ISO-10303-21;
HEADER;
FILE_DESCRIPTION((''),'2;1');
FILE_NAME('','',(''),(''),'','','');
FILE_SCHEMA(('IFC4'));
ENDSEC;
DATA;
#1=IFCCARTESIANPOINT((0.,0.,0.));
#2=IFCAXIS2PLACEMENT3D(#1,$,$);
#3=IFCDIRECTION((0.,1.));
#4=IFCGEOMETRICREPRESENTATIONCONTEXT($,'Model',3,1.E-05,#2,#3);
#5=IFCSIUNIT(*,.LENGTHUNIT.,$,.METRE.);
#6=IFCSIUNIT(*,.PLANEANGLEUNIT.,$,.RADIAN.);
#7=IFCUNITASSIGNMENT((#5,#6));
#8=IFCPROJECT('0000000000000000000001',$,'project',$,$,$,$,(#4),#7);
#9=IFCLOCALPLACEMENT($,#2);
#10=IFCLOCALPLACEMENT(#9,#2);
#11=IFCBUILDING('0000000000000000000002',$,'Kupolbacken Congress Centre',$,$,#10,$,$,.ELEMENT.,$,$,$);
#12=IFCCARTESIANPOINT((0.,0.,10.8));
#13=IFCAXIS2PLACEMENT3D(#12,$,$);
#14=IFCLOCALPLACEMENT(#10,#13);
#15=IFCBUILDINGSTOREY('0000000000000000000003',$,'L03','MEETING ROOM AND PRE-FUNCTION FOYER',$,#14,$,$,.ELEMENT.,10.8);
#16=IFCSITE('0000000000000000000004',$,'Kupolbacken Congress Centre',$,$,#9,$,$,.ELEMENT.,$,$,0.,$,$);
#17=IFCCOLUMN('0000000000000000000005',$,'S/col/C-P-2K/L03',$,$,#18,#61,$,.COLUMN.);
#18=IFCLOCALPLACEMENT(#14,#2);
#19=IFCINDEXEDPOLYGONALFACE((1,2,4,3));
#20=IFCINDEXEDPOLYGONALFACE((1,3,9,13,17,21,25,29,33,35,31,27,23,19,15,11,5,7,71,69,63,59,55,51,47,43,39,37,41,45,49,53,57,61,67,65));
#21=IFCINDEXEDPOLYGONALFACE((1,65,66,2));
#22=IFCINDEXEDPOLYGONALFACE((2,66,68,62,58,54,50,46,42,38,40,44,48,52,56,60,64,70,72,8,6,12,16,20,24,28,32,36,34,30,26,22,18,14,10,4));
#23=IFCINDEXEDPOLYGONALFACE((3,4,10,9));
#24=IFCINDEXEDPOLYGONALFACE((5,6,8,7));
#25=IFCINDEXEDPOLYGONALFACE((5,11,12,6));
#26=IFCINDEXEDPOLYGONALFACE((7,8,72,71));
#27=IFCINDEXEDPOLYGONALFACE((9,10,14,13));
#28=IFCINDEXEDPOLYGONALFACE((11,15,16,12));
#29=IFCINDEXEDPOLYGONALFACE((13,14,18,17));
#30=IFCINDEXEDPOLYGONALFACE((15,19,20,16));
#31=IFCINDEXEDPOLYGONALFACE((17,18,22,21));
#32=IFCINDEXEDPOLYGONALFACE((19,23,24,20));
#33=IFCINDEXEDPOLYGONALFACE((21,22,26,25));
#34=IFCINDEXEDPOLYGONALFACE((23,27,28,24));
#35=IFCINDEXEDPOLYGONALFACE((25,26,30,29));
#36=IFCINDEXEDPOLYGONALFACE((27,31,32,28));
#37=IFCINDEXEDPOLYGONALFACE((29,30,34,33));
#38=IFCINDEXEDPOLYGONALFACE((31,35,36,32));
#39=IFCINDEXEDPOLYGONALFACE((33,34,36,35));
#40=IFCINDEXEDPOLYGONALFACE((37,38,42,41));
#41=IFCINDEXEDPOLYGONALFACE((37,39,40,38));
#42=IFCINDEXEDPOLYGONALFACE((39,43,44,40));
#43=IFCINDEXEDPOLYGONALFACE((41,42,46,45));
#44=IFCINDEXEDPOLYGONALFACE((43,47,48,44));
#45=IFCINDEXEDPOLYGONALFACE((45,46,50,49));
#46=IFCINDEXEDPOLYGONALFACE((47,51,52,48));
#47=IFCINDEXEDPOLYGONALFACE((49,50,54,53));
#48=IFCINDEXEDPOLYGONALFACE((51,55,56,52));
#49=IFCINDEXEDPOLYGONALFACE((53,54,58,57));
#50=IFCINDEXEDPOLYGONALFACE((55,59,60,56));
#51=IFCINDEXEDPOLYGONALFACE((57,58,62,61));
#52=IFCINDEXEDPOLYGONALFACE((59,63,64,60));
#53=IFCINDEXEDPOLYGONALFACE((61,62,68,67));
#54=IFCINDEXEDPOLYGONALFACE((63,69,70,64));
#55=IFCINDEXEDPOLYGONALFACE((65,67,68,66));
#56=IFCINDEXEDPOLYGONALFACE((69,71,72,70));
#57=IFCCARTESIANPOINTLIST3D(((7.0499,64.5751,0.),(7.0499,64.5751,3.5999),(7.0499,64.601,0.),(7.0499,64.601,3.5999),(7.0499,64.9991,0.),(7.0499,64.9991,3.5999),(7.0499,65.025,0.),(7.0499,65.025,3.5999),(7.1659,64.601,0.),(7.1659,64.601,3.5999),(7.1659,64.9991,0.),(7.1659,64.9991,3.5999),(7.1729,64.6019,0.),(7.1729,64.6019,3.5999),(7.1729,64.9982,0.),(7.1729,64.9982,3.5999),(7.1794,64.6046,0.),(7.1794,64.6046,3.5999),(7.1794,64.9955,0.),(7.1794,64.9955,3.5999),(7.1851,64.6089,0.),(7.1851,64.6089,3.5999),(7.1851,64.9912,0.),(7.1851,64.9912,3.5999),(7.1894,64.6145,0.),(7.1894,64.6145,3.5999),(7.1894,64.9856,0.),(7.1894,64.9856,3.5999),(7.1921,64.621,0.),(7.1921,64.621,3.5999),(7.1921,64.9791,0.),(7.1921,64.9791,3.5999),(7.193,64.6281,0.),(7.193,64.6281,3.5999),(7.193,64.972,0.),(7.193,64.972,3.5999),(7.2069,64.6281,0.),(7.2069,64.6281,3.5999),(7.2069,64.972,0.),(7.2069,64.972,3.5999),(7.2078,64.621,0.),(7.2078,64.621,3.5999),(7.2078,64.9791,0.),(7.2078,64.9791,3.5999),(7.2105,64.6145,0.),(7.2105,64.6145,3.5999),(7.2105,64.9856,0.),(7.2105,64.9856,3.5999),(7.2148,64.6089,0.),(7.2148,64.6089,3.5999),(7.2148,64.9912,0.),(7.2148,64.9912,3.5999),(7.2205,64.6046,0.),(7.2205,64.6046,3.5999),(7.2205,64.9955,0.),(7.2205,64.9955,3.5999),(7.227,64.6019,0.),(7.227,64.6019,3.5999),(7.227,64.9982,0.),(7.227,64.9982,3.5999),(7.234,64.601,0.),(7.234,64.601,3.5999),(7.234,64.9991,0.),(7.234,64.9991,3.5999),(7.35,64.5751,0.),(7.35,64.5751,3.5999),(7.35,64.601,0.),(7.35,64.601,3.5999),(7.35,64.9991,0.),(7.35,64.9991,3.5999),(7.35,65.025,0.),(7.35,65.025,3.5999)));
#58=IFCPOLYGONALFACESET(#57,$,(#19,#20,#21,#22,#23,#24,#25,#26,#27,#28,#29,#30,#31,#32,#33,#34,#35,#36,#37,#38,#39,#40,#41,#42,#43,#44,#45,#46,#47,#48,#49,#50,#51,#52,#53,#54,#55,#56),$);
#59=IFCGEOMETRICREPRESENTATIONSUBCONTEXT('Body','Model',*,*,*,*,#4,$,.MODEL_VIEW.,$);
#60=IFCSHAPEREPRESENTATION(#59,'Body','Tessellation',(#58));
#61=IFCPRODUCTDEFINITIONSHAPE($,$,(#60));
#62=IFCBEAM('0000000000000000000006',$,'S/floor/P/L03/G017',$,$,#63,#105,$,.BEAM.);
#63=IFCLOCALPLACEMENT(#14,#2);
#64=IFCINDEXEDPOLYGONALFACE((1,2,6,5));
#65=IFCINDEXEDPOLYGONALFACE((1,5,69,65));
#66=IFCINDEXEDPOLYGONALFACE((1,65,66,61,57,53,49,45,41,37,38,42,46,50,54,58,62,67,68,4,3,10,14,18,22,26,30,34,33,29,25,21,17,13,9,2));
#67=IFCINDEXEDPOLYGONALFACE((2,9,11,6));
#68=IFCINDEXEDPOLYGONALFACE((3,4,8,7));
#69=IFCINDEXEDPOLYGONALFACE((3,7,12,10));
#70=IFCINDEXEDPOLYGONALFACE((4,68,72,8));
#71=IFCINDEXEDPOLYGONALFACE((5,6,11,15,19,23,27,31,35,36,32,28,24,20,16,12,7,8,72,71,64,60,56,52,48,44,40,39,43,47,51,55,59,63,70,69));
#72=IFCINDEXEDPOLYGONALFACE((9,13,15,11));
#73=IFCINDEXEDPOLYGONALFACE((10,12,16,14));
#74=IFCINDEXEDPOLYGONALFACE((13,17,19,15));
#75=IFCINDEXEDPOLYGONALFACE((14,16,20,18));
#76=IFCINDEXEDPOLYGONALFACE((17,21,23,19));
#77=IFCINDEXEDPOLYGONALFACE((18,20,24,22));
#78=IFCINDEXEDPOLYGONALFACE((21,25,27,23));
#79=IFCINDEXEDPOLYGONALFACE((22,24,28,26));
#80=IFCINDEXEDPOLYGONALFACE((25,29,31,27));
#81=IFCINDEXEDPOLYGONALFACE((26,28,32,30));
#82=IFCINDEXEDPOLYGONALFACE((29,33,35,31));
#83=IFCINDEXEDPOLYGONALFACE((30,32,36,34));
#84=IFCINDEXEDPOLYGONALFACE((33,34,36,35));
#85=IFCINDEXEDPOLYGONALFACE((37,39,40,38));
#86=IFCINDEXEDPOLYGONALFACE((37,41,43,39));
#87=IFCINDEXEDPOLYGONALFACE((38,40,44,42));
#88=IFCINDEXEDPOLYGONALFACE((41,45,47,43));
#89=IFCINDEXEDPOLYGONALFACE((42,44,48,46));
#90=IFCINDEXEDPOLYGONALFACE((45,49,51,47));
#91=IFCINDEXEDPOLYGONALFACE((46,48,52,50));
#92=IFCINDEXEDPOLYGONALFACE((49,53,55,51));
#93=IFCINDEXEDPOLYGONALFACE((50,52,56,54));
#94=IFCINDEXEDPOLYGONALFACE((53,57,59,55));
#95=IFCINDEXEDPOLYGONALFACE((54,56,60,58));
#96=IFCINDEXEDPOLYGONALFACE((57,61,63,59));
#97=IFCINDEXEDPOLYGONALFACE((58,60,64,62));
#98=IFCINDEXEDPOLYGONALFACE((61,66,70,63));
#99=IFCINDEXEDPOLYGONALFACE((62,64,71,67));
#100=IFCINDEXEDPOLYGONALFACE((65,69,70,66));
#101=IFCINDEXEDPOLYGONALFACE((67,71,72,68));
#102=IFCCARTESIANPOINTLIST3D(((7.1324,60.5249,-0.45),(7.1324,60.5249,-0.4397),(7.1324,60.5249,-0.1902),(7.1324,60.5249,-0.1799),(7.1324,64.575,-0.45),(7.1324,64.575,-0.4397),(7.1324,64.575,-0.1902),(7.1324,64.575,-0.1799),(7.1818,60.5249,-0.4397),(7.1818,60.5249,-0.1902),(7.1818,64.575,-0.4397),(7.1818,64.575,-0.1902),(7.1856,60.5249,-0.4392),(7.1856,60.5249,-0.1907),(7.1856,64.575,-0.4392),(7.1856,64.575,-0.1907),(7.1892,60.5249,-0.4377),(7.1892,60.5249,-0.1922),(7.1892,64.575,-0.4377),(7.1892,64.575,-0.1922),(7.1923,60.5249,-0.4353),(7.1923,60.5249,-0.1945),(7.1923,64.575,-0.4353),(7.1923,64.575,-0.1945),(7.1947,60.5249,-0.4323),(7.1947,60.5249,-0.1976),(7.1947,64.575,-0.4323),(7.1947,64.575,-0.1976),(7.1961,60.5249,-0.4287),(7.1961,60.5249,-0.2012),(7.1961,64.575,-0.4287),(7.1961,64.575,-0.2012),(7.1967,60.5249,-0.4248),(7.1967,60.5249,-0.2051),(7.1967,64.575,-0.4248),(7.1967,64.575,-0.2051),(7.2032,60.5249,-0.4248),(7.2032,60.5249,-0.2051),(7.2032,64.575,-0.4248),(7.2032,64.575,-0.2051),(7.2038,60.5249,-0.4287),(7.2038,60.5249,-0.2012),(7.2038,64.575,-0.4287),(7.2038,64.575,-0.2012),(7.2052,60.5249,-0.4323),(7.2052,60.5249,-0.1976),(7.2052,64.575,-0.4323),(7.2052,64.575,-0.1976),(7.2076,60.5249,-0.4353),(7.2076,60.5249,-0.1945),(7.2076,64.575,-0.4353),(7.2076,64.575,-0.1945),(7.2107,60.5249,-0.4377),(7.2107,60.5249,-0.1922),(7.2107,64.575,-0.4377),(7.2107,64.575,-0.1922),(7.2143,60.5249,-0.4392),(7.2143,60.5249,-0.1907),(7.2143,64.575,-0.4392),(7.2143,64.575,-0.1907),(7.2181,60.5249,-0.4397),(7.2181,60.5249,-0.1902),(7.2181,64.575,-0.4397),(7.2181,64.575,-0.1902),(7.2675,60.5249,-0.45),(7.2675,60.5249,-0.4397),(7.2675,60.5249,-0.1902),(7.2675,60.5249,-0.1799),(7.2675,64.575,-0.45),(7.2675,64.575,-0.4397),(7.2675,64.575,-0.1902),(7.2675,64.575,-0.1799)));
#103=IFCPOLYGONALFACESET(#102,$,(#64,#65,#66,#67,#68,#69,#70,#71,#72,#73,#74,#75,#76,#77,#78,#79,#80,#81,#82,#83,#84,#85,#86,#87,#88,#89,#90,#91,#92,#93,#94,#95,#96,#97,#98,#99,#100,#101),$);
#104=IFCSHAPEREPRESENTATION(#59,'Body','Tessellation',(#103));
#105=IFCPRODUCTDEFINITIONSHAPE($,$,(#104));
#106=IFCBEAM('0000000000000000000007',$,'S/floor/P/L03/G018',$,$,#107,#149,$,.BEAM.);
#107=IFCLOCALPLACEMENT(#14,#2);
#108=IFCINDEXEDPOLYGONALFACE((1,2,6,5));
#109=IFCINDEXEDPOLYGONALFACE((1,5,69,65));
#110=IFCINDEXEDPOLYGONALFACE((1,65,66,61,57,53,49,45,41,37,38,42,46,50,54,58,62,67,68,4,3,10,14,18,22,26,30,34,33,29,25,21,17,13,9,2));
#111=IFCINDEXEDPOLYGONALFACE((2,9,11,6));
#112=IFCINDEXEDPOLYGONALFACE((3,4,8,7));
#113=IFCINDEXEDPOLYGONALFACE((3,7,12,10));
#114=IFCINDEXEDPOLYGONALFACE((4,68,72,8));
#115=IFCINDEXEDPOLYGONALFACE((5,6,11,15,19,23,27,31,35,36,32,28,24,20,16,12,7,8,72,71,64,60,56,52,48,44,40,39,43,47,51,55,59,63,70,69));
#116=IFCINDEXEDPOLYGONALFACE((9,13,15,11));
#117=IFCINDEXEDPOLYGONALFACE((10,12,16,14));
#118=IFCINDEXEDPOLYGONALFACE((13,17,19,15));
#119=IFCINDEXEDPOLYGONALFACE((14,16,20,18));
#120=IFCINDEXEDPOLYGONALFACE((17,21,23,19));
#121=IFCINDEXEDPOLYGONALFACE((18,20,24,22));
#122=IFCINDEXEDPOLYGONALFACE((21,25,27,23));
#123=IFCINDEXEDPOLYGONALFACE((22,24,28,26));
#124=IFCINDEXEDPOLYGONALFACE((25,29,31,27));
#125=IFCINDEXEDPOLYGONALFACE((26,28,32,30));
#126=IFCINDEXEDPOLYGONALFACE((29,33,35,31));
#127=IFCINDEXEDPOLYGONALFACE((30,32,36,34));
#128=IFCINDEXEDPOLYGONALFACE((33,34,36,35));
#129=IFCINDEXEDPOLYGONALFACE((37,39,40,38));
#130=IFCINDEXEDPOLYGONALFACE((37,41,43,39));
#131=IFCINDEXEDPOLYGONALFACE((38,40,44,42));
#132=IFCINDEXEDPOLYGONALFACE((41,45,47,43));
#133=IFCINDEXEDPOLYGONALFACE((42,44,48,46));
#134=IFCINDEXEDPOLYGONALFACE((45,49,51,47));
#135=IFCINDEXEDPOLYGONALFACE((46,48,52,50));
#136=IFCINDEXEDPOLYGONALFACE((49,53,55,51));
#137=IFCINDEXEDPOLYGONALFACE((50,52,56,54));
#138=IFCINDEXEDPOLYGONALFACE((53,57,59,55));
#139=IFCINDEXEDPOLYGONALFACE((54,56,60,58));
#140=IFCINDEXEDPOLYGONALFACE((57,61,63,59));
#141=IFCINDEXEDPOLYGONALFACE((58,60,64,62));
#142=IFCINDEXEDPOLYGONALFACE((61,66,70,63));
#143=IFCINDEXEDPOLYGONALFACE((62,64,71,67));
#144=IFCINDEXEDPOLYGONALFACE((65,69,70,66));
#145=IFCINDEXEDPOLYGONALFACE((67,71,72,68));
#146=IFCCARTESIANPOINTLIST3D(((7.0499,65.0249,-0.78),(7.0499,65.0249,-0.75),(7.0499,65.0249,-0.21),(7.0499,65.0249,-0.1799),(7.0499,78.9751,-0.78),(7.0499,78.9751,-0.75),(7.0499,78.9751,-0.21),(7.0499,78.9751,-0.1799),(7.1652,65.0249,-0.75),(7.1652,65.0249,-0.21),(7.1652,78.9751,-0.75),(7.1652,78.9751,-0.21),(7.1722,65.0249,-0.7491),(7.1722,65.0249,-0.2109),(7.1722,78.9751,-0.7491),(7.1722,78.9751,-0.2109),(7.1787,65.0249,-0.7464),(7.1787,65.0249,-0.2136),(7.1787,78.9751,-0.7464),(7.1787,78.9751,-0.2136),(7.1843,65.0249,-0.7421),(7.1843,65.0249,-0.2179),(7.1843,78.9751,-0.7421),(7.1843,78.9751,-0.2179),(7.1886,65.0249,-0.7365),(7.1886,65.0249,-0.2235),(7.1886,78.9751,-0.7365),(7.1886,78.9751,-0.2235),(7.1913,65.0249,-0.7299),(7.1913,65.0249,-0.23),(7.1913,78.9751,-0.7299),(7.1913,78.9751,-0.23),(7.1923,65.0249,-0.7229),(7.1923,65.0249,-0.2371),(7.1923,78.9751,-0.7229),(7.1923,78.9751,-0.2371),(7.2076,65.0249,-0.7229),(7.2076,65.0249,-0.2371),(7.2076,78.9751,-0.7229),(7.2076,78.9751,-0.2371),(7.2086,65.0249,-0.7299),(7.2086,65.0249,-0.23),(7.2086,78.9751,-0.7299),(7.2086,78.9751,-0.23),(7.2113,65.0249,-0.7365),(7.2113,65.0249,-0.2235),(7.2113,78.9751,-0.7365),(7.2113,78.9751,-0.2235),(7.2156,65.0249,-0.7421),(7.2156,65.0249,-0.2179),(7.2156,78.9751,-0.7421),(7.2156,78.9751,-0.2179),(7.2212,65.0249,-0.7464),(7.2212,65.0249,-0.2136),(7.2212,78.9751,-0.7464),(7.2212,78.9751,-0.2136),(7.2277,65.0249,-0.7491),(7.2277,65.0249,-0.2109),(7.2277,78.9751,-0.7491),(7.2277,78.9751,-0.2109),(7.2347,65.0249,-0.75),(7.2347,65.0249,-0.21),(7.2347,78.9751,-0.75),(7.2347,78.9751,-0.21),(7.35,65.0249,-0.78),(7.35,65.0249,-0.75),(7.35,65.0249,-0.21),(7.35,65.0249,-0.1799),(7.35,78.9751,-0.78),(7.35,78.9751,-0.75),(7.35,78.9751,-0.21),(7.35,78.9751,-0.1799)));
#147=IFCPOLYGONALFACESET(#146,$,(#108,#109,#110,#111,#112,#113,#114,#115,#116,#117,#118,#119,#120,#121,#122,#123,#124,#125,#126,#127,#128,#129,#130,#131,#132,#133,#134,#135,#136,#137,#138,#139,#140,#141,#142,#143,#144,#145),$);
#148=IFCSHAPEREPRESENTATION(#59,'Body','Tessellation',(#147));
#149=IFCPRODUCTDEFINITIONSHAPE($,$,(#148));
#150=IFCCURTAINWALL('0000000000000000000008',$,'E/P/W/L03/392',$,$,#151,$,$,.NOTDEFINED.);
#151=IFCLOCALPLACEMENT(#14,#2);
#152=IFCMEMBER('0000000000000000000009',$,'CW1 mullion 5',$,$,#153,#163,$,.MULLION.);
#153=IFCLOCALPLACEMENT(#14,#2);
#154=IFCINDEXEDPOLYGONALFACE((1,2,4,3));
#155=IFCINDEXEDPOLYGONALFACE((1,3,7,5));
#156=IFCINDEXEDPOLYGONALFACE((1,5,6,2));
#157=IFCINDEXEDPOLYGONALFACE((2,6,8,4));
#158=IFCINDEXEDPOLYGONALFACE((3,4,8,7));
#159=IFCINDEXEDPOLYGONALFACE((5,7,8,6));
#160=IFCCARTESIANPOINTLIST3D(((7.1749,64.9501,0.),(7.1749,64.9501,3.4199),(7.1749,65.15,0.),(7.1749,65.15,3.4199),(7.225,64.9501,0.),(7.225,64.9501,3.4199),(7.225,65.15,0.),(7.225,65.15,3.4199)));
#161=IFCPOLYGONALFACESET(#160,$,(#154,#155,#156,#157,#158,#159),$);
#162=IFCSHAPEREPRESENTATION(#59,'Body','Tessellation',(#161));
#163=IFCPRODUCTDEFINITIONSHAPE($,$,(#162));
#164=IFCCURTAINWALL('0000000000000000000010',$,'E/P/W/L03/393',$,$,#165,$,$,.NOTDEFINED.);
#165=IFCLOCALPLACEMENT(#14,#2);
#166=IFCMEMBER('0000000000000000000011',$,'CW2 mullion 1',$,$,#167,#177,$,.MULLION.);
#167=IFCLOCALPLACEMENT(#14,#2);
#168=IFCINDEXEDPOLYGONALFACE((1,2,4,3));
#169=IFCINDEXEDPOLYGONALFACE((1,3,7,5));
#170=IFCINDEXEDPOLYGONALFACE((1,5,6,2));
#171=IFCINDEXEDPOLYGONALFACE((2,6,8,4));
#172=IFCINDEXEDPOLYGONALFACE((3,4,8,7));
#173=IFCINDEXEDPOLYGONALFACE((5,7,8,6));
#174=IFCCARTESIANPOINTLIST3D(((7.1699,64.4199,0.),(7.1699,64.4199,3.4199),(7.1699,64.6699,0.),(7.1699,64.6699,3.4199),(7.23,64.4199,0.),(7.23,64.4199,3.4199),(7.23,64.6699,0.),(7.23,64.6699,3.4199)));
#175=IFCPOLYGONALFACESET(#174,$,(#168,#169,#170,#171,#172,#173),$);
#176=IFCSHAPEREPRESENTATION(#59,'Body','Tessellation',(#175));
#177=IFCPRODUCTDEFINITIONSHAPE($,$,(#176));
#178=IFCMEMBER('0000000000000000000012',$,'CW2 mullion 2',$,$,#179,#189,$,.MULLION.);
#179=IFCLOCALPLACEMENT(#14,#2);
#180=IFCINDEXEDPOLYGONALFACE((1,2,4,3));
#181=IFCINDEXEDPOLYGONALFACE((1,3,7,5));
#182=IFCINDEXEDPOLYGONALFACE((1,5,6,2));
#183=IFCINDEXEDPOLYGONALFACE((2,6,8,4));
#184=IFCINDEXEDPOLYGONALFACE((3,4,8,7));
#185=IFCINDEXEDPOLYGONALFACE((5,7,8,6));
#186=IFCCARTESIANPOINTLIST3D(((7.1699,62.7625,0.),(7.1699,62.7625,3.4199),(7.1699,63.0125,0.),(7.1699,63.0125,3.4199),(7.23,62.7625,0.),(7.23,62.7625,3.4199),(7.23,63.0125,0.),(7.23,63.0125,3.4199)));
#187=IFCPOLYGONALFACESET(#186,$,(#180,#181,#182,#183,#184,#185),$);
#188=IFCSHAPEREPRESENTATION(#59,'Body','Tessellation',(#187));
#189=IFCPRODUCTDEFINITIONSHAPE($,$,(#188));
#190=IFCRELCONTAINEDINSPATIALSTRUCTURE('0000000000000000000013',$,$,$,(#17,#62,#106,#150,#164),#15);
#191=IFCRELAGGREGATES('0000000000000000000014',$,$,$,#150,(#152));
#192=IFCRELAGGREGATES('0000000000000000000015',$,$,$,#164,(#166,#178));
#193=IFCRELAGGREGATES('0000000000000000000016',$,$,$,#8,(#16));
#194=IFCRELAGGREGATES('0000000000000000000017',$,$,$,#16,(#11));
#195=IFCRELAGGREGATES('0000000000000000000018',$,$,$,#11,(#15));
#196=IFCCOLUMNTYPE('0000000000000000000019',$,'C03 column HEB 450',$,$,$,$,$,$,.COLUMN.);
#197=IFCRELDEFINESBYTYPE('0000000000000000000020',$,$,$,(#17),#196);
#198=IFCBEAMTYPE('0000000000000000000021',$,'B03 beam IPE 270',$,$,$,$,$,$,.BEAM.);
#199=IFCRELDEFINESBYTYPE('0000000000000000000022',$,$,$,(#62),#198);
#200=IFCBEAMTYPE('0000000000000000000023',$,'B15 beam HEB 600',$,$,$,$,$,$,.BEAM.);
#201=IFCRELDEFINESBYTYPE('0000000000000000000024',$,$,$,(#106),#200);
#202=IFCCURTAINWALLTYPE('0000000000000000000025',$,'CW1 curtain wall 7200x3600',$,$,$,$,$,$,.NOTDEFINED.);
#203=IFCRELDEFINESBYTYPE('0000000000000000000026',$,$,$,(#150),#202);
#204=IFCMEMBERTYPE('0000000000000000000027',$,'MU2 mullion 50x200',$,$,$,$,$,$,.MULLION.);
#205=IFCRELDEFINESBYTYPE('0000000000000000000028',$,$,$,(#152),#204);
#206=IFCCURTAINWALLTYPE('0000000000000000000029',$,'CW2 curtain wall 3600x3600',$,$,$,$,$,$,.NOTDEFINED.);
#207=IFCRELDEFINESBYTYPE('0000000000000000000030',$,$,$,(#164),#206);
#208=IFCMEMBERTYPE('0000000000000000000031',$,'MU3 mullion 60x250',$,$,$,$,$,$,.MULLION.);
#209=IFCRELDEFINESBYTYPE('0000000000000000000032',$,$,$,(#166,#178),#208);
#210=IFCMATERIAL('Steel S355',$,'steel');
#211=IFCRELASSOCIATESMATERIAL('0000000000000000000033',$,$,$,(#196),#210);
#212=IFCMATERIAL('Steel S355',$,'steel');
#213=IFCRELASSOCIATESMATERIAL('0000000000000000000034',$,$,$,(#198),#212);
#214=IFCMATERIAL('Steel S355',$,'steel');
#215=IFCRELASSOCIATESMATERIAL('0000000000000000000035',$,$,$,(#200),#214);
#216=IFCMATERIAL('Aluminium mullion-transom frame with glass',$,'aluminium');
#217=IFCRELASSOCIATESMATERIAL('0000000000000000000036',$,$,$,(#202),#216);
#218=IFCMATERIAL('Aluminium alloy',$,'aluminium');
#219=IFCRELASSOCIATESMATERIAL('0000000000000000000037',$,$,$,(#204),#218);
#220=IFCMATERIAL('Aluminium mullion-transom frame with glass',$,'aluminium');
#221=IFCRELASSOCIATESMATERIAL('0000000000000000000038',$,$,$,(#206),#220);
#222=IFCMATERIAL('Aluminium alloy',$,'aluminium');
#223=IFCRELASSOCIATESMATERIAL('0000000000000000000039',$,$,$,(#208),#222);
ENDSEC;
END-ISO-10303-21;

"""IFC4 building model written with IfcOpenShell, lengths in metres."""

from ifc_helpers import new_model, si_unit, direction, frame, origin, origin_2d, place, context, subcontext, project, spatial, rectangle, i_section, extrude, material, material_profile, profile_set, type_object, element, aggregate, save


model = new_model("IFC4")

# Units and contexts
model_context = context("Model", 3, precision=1e-05, world=origin(), true_north=direction((0.0, 1.0)))
body_context = subcontext(model_context, "Body", "Model", "MODEL_VIEW")
ifc_project = project(units=[si_unit("LENGTHUNIT", "METRE"), si_unit("PLANEANGLEUNIT", "RADIAN")], contexts=[model_context])

# Site, building, storey
site_placement = place(None, origin())
site = spatial("IfcSite", under=ifc_project, at=site_placement, Name="Kupolbacken Congress Centre", CompositionType="ELEMENT", RefElevation=0.0)
building_placement = place(site_placement, origin())
building = spatial("IfcBuilding", under=site, at=building_placement, Name="Kupolbacken Congress Centre", CompositionType="ELEMENT")
storey_placement = place(building_placement, frame((0.0, 0.0, 10.8)))
storey = spatial("IfcBuildingStorey", under=building, at=storey_placement, Name="L03", Description="MEETING ROOM AND PRE-FUNCTION FOYER", CompositionType="ELEMENT", Elevation=10.8)

# Column
ifc_material_1 = material(Name="Steel S355", Category="steel")
ifc_material_profile_1 = material_profile(ifc_material_1, i_section(OverallWidth=0.3, OverallDepth=0.45, WebThickness=0.0139, FlangeThickness=0.0259, FilletRadius=0.0271, at=origin_2d()), Name="HEB 450")
ifc_profile_set_1 = profile_set([ifc_material_profile_1], Name="Steel S355")
column_type = type_object("IfcColumnType", Name="C03 column HEB 450", PredefinedType="COLUMN", material=ifc_profile_set_1)
column_placement = place(storey_placement, frame((7.2, 64.8, 0.0), z_axis=(0.0, 0.0, 1.0), x_axis=(1.0, 0.0, 0.0)))
element("IfcColumn", 1, at=column_placement, inside=storey, type_object=column_type, Name="S/col/C-P-2K/L03", PredefinedType="COLUMN", context=body_context, shape_type="SweptSolid", body=[
    extrude(i_section(OverallWidth=0.3, OverallDepth=0.45, WebThickness=0.0139, FlangeThickness=0.0259, FilletRadius=0.0271, at=origin_2d()), origin(), (0.0, 0.0, 1.0), 3.5999),
])

# Beams
ifc_material_2 = material(Name="Steel S355", Category="steel")
ifc_material_profile_2 = material_profile(ifc_material_2, i_section(OverallWidth=0.135, OverallDepth=0.27, WebThickness=0.0066, FlangeThickness=0.0103, FilletRadius=0.0149, at=origin_2d()), Name="IPE 270")
ifc_profile_set_2 = profile_set([ifc_material_profile_2], Name="Steel S355")
beam_type_1 = type_object("IfcBeamType", Name="B03 beam IPE 270", PredefinedType="BEAM", material=ifc_profile_set_2)
beam_1_placement = place(storey_placement, frame((7.2, 60.5249, -0.3149), z_axis=(0.0, 1.0, 0.0), x_axis=(-1.0, 0.0, 0.0)))
element("IfcBeam", 2, at=beam_1_placement, inside=storey, type_object=beam_type_1, Name="S/floor/P/L03/G017", PredefinedType="BEAM", context=body_context, shape_type="SweptSolid", body=[
    extrude(i_section(OverallWidth=0.135, OverallDepth=0.27, WebThickness=0.0066, FlangeThickness=0.0103, FilletRadius=0.0149, at=origin_2d()), origin(), (0.0, 0.0, 1.0), 4.05),
])
ifc_material_3 = material(Name="Steel S355", Category="steel")
ifc_material_profile_3 = material_profile(ifc_material_3, i_section(OverallWidth=0.3, OverallDepth=0.6001, WebThickness=0.0154, FlangeThickness=0.03, FilletRadius=0.0271, at=origin_2d()), Name="HEB 600")
ifc_profile_set_3 = profile_set([ifc_material_profile_3], Name="Steel S355")
beam_type_2 = type_object("IfcBeamType", Name="B15 beam HEB 600", PredefinedType="BEAM", material=ifc_profile_set_3)
beam_2_placement = place(storey_placement, frame((7.2, 65.0249, -0.48), z_axis=(0.0, 1.0, 0.0), x_axis=(-1.0, 0.0, 0.0)))
element("IfcBeam", 3, at=beam_2_placement, inside=storey, type_object=beam_type_2, Name="S/floor/P/L03/G018", PredefinedType="BEAM", context=body_context, shape_type="SweptSolid", body=[
    extrude(i_section(OverallWidth=0.3, OverallDepth=0.6001, WebThickness=0.0154, FlangeThickness=0.03, FilletRadius=0.0271, at=origin_2d()), origin(), (0.0, 0.0, 1.0), 13.9502),
])

# Curtain wall, member
ifc_material_4 = material(Name="Aluminium mullion-transom frame with glass", Category="aluminium")
curtain_wall_type_1 = type_object("IfcCurtainWallType", Name="CW1 curtain wall 7200x3600", PredefinedType="NOTDEFINED", material=ifc_material_4)
curtain_wall_1_placement = place(storey_placement, origin())
curtain_wall_1 = element("IfcCurtainWall", 4, at=curtain_wall_1_placement, inside=storey, type_object=curtain_wall_type_1, Name="E/P/W/L03/392", PredefinedType="NOTDEFINED")
ifc_material_5 = material(Name="Aluminium alloy", Category="aluminium")
ifc_material_profile_4 = material_profile(ifc_material_5, rectangle(XDim=0.05, YDim=0.2, at=origin_2d()), Name="50 x 200")
ifc_profile_set_4 = profile_set([ifc_material_profile_4], Name="Aluminium alloy")
member_type_1 = type_object("IfcMemberType", Name="MU2 mullion 50x200", PredefinedType="MULLION", material=ifc_profile_set_4)
member_1_placement = place(storey_placement, frame((7.2, 65.05, 0.0), z_axis=(0.0, 0.0, 1.0), x_axis=(1.0, 0.0, 0.0)))
member_1 = element("IfcMember", 5, at=member_1_placement, type_object=member_type_1, Name="CW1 mullion 5", PredefinedType="MULLION", context=body_context, shape_type="SweptSolid", body=[
    extrude(rectangle(XDim=0.05, YDim=0.2, at=origin_2d()), origin(), (0.0, 0.0, 1.0), 3.4199),
])

# Curtain wall, members
ifc_material_6 = material(Name="Aluminium mullion-transom frame with glass", Category="aluminium")
curtain_wall_type_2 = type_object("IfcCurtainWallType", Name="CW2 curtain wall 3600x3600", PredefinedType="NOTDEFINED", material=ifc_material_6)
curtain_wall_2_placement = place(storey_placement, origin())
curtain_wall_2 = element("IfcCurtainWall", 6, at=curtain_wall_2_placement, inside=storey, type_object=curtain_wall_type_2, Name="E/P/W/L03/393", PredefinedType="NOTDEFINED")
ifc_material_7 = material(Name="Aluminium alloy", Category="aluminium")
ifc_material_profile_5 = material_profile(ifc_material_7, rectangle(XDim=0.0601, YDim=0.25, at=origin_2d()), Name="60 x 250")
ifc_profile_set_5 = profile_set([ifc_material_profile_5], Name="Aluminium alloy")
member_type_2 = type_object("IfcMemberType", Name="MU3 mullion 60x250", PredefinedType="MULLION", material=ifc_profile_set_5)
member_2_placement = place(storey_placement, frame((7.2, 64.5449, 0.0), z_axis=(0.0, 0.0, 1.0), x_axis=(1.0, 0.0, 0.0)))
member_2 = element("IfcMember", 7, at=member_2_placement, type_object=member_type_2, Name="CW2 mullion 1", PredefinedType="MULLION", context=body_context, shape_type="SweptSolid", body=[
    extrude(rectangle(XDim=0.0601, YDim=0.25, at=origin_2d()), origin(), (0.0, 0.0, 1.0), 3.4199),
])
member_3_placement = place(storey_placement, frame((7.2, 62.8875, 0.0), z_axis=(0.0, 0.0, 1.0), x_axis=(1.0, 0.0, 0.0)))
member_3 = element("IfcMember", 8, at=member_3_placement, type_object=member_type_2, Name="CW2 mullion 2", PredefinedType="MULLION", context=body_context, shape_type="SweptSolid", body=[
    extrude(rectangle(XDim=0.0601, YDim=0.25, at=origin_2d()), origin(), (0.0, 0.0, 1.0), 3.4199),
])

aggregate(curtain_wall_1, [member_1])
aggregate(curtain_wall_2, [member_2, member_3])

save(model, "model.ifc")
